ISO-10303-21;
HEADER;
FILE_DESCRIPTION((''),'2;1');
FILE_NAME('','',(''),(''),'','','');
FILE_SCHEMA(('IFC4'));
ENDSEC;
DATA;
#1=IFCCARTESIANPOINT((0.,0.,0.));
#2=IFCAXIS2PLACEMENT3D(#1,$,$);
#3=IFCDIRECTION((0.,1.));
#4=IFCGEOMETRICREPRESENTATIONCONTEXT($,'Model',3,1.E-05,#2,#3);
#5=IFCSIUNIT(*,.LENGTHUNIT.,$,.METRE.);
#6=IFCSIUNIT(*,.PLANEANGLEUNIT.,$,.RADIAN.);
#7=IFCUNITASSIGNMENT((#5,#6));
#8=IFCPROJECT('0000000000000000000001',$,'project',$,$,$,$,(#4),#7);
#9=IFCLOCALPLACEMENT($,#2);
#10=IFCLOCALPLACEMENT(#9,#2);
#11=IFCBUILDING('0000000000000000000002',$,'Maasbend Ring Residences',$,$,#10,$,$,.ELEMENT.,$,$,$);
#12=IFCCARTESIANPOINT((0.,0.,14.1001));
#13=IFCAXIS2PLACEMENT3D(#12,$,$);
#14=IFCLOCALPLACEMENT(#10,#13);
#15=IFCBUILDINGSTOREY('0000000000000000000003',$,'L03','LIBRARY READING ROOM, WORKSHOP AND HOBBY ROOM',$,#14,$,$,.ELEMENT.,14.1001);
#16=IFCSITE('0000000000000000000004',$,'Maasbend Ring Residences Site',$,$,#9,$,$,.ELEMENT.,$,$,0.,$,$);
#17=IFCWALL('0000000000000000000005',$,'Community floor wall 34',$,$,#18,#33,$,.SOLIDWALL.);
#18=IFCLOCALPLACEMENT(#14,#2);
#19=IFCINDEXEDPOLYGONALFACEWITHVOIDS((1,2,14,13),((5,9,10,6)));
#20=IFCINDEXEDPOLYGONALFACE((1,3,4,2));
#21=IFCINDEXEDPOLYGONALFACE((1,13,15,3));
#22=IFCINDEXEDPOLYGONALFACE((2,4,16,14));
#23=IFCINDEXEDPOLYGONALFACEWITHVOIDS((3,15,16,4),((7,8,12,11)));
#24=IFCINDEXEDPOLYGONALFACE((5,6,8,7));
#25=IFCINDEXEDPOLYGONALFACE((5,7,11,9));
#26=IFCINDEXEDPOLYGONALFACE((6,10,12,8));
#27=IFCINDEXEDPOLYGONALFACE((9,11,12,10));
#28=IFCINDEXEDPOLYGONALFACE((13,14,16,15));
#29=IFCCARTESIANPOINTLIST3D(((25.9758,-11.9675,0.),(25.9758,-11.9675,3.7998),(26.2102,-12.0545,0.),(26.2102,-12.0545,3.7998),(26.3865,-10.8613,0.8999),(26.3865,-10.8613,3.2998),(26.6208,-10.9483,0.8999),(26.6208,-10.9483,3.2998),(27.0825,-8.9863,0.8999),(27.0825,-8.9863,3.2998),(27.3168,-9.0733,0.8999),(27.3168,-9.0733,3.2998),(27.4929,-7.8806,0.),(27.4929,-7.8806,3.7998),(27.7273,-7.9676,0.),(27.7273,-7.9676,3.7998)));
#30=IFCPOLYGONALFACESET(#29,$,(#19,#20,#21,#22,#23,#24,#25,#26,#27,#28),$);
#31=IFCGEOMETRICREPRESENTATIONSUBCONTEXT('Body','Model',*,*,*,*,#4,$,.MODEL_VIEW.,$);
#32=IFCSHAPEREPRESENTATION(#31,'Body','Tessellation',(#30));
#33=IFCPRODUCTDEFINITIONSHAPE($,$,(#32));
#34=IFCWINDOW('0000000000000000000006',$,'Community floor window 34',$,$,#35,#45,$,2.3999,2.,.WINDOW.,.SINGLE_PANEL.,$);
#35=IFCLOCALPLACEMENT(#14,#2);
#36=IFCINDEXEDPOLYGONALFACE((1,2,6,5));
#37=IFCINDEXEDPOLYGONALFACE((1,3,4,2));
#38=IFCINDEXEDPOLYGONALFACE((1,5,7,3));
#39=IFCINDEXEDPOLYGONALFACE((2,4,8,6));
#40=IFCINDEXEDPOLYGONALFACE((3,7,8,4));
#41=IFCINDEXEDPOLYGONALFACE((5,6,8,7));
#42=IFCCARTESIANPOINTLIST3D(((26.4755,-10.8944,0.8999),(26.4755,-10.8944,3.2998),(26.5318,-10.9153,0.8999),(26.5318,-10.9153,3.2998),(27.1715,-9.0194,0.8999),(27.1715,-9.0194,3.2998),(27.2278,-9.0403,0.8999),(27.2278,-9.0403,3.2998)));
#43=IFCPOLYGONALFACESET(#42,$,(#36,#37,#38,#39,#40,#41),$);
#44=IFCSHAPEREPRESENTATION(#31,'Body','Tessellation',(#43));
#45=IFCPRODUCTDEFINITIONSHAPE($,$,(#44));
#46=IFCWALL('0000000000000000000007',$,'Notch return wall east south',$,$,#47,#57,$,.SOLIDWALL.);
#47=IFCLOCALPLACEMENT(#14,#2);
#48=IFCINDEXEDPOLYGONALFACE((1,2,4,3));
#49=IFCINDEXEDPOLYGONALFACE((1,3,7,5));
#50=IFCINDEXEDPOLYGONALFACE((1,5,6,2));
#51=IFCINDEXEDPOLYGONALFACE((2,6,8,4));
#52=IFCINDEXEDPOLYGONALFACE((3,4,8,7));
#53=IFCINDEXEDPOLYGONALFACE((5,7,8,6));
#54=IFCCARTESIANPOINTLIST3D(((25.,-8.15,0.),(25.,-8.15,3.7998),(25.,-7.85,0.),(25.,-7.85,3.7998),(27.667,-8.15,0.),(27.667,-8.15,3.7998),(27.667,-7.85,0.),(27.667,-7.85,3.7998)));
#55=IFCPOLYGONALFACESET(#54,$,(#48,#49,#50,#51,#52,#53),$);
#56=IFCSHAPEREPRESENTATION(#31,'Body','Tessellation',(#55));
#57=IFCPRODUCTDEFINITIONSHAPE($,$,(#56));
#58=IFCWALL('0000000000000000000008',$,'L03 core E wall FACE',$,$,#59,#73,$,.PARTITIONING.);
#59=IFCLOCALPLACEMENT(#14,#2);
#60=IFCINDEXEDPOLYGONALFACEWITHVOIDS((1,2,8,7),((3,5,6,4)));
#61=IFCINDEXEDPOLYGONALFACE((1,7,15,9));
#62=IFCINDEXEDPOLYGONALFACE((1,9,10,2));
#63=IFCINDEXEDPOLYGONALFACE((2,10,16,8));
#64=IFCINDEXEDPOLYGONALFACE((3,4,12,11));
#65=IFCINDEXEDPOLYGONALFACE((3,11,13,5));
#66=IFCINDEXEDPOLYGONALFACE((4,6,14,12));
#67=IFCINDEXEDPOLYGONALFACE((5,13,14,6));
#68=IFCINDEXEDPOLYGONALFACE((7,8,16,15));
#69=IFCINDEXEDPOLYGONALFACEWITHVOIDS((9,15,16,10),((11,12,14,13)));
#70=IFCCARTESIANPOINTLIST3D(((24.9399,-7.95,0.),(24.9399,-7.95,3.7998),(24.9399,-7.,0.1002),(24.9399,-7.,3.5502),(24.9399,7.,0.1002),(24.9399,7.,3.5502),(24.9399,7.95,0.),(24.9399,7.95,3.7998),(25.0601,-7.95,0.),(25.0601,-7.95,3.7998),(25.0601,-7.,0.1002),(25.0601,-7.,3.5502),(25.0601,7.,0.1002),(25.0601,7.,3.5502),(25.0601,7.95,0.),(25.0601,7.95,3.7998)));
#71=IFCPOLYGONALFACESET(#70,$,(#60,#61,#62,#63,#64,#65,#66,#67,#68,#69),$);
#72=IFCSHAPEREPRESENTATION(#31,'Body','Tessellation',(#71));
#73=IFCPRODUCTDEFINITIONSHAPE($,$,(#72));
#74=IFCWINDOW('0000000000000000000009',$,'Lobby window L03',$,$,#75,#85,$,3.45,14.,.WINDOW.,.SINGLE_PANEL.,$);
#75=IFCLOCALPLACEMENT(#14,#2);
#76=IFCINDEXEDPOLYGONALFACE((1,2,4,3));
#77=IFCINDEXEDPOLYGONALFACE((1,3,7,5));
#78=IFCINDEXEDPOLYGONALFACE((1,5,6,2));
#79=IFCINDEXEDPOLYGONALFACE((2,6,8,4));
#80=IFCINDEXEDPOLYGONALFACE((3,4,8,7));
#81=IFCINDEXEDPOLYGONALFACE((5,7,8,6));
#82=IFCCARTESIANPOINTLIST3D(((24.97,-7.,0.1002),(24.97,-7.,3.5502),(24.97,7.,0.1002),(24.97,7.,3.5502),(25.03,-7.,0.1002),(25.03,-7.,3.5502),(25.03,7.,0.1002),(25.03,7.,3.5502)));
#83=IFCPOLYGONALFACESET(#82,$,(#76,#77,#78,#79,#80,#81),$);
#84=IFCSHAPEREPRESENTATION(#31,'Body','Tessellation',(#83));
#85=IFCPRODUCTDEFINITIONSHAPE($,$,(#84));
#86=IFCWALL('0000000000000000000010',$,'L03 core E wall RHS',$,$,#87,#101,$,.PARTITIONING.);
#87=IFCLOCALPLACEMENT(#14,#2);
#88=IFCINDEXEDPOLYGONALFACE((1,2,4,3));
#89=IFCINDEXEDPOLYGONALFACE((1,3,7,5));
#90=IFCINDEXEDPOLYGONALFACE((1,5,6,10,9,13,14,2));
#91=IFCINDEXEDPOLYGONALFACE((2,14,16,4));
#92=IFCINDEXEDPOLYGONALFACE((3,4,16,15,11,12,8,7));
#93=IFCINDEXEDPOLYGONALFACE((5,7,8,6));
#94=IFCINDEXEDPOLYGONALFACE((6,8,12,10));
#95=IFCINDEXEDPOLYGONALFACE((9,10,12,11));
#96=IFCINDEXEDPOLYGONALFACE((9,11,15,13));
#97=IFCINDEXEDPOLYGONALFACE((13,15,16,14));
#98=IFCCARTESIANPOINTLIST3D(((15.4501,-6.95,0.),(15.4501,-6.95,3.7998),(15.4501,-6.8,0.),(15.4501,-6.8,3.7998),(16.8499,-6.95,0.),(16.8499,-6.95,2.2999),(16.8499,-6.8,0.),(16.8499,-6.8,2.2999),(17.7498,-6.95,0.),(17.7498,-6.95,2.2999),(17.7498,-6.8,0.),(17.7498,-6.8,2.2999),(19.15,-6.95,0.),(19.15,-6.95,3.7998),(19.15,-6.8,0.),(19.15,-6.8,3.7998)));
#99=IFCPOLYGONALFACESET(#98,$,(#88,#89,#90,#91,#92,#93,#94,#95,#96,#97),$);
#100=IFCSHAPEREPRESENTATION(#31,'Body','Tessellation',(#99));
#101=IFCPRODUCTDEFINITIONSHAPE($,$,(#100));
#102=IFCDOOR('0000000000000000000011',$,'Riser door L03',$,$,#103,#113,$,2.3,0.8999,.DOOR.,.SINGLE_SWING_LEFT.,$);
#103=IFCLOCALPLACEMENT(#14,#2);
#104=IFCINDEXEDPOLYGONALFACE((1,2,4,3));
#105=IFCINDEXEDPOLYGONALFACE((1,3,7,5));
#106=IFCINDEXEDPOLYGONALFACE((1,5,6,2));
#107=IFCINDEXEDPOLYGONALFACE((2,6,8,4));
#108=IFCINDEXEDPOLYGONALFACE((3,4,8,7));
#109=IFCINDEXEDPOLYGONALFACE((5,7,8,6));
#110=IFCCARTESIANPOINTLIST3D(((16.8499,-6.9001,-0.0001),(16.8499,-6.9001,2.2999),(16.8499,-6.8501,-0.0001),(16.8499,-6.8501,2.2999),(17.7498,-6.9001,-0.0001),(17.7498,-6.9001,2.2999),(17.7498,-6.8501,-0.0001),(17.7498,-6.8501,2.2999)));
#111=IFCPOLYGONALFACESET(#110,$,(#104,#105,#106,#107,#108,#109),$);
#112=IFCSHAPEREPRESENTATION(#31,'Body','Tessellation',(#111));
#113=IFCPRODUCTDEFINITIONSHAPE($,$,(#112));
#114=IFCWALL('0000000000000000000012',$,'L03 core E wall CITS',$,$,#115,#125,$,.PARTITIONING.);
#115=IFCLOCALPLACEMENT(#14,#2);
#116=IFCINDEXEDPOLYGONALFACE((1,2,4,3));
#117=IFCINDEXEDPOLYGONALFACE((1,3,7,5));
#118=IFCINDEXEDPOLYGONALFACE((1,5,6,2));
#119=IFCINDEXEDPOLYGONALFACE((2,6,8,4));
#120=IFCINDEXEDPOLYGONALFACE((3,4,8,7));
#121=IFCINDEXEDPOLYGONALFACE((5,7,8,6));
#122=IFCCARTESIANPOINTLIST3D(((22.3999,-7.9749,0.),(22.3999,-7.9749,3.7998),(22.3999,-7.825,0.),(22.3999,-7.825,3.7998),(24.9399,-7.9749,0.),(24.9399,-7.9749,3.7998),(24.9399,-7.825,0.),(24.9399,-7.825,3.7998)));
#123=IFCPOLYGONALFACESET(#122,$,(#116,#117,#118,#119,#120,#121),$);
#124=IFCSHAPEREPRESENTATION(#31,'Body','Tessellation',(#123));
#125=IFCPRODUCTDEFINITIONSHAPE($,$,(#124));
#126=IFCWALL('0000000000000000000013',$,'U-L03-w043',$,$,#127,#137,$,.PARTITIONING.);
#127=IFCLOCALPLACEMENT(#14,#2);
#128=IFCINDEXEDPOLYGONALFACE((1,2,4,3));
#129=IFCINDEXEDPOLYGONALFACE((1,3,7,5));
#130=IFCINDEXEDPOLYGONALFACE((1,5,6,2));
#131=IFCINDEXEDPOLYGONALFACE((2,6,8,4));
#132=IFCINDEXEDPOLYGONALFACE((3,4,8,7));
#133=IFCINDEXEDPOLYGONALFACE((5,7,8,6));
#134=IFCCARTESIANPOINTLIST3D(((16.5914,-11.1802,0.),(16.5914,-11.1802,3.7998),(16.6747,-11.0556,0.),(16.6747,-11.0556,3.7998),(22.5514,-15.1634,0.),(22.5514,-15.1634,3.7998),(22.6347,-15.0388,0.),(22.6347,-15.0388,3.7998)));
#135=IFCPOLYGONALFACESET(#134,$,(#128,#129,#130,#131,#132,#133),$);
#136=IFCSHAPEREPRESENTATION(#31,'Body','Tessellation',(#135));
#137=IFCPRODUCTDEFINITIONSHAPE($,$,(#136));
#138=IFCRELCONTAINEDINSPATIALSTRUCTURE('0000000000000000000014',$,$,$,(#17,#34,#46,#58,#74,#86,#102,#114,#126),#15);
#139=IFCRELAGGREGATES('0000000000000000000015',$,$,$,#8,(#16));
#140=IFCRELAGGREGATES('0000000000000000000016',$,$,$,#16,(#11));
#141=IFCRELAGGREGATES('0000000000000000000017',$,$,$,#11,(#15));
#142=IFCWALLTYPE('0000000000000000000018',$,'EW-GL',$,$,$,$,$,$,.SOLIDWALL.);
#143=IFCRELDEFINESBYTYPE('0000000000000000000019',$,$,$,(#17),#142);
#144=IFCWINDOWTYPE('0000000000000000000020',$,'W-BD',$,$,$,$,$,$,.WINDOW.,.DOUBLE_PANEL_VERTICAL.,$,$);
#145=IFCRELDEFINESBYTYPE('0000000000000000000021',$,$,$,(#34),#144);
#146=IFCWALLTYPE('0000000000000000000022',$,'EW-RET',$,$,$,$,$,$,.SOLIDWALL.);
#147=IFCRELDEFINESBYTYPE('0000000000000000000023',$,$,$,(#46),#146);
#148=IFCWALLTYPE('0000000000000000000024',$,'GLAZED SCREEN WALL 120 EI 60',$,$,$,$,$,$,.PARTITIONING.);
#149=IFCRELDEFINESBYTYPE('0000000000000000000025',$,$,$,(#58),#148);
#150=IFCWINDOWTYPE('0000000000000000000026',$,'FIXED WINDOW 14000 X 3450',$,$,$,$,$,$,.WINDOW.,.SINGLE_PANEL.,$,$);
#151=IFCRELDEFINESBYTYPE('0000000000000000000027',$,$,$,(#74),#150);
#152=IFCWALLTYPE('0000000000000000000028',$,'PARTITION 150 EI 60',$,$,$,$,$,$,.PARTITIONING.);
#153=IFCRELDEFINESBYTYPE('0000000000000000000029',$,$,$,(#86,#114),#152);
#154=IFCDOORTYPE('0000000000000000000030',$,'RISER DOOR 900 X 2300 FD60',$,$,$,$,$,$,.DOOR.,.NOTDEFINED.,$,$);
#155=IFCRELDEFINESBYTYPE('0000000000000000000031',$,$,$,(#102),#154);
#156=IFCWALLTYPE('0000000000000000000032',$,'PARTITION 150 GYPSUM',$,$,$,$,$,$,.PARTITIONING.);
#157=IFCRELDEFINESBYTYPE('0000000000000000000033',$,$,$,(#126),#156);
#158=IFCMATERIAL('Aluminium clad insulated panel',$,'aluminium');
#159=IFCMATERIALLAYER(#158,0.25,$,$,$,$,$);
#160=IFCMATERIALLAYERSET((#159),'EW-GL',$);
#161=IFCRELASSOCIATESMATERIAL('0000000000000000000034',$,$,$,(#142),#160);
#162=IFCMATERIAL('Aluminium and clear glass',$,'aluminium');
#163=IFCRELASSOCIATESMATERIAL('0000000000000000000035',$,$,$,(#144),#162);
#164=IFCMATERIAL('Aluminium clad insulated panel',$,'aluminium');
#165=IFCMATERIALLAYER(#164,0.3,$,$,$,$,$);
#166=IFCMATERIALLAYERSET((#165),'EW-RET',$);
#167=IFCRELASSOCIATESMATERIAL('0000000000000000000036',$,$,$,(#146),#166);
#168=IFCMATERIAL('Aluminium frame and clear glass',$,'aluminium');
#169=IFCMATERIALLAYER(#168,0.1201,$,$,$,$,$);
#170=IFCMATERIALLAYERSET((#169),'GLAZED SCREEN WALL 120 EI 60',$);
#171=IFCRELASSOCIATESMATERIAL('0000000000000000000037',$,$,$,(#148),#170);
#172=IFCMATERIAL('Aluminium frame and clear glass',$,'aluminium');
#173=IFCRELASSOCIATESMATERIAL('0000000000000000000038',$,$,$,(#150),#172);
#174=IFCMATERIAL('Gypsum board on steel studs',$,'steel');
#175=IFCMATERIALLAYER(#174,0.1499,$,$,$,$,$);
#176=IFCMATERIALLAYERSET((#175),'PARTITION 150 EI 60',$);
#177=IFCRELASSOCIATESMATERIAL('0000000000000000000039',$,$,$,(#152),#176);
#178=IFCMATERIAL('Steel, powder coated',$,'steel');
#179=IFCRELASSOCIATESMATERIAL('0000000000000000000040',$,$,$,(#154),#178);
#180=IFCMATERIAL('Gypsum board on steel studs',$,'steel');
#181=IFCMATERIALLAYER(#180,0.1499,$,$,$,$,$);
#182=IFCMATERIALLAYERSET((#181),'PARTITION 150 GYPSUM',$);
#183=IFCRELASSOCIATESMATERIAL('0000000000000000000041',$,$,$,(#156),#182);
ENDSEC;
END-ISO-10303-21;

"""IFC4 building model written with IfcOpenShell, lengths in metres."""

from ifc_helpers import new_model, si_unit, direction, frame, frame_2d, origin, place, context, subcontext, project, spatial, rectangle, extrude, material, layer, layer_set, type_object, element, fill, save


model = new_model("IFC4")

# Units and contexts
model_context = context("Model", 3, precision=1e-05, world=origin(), true_north=direction((0.0, 1.0)))
body_context = subcontext(model_context, "Body", "Model", "MODEL_VIEW")
ifc_project = project(units=[si_unit("LENGTHUNIT", "METRE"), si_unit("PLANEANGLEUNIT", "RADIAN")], contexts=[model_context])

# Site, building, storey
site_placement = place(None, origin())
site = spatial("IfcSite", under=ifc_project, at=site_placement, Name="Maasbend Ring Residences Site", CompositionType="ELEMENT", RefElevation=0.0)
building_placement = place(site_placement, origin())
building = spatial("IfcBuilding", under=site, at=building_placement, Name="Maasbend Ring Residences", CompositionType="ELEMENT")
storey_placement = place(building_placement, frame((0.0, 0.0, 14.1001)))
storey = spatial("IfcBuildingStorey", under=building, at=storey_placement, Name="L03", Description="LIBRARY READING ROOM, WORKSHOP AND HOBBY ROOM", CompositionType="ELEMENT", Elevation=14.1001)

# Wall, opening, window
ifc_material_1 = material(Name="Aluminium clad insulated panel", Category="aluminium")
ifc_layer_1 = layer(ifc_material_1, 0.25)
ifc_layer_set_1 = layer_set([ifc_layer_1], Name="EW-GL")
wall_type_1 = type_object("IfcWallType", Name="EW-GL", PredefinedType="SOLIDWALL", material=ifc_layer_set_1)
wall_1_placement = place(storey_placement, frame((26.093, -12.011, 0.0), z_axis=(0.0, 0.0, 1.0), x_axis=(0.348004, 0.937493, 0.0)))
wall_1 = element("IfcWall", 1, at=wall_1_placement, inside=storey, type_object=wall_type_1, Name="Community floor wall 34", PredefinedType="SOLIDWALL", context=body_context, shape_type="SweptSolid", body=[
    extrude(rectangle(XDim=4.3594, YDim=0.25, at=frame_2d((2.1797, 0.0))), origin(), (0.0, 0.0, 1.0), 3.7998),
])
opening_1_placement = place(wall_1_placement, frame((1.1799, 0.0, 0.8999)))
opening_1 = element("IfcOpeningElement", 2, at=opening_1_placement, cuts=wall_1, PredefinedType="OPENING", context=body_context, shape_type="SweptSolid", body=[
    extrude(rectangle(XDim=2.0, YDim=2.3999, at=frame_2d((1.0, 1.2))), frame((0.0, 0.135, 0.0), z_axis=(0.0, -1.0, 0.0), x_axis=(1.0, 0.0, 0.0)), (0.0, 0.0, 1.0), 0.27),
])
ifc_material_2 = material(Name="Aluminium and clear glass", Category="aluminium")
window_type_1 = type_object("IfcWindowType", Name="W-BD", PartitioningType="DOUBLE_PANEL_VERTICAL", PredefinedType="WINDOW", material=ifc_material_2)
window_1_placement = place(opening_1_placement, origin())
window_1 = element("IfcWindow", 3, at=window_1_placement, inside=storey, type_object=window_type_1, Name="Community floor window 34", OverallHeight=2.3999, OverallWidth=2.0, PartitioningType="SINGLE_PANEL", PredefinedType="WINDOW", context=body_context, shape_type="SweptSolid", body=[
    extrude(rectangle(XDim=2.0, YDim=2.3999, at=frame_2d((1.0, 1.2))), frame((0.0, 0.03, 0.0), z_axis=(0.0, -1.0, 0.0), x_axis=(1.0, 0.0, 0.0)), (0.0, 0.0, 1.0), 0.0601),
])
fill(opening_1, window_1)

# Wall
ifc_material_3 = material(Name="Aluminium clad insulated panel", Category="aluminium")
ifc_layer_2 = layer(ifc_material_3, 0.3)
ifc_layer_set_2 = layer_set([ifc_layer_2], Name="EW-RET")
wall_type_2 = type_object("IfcWallType", Name="EW-RET", PredefinedType="SOLIDWALL", material=ifc_layer_set_2)
wall_2_placement = place(storey_placement, frame((25.0, -8.0, 0.0), z_axis=(0.0, 0.0, 1.0), x_axis=(1.0, 0.0, 0.0)))
element("IfcWall", 4, at=wall_2_placement, inside=storey, type_object=wall_type_2, Name="Notch return wall east south", PredefinedType="SOLIDWALL", context=body_context, shape_type="SweptSolid", body=[
    extrude(rectangle(XDim=2.667, YDim=0.3, at=frame_2d((1.3335, 0.0))), origin(), (0.0, 0.0, 1.0), 3.7998),
])

# Wall, opening, window
ifc_material_4 = material(Name="Aluminium frame and clear glass", Category="aluminium")
ifc_layer_3 = layer(ifc_material_4, 0.1201)
ifc_layer_set_3 = layer_set([ifc_layer_3], Name="GLAZED SCREEN WALL 120 EI 60")
wall_type_3 = type_object("IfcWallType", Name="GLAZED SCREEN WALL 120 EI 60", PredefinedType="PARTITIONING", material=ifc_layer_set_3)
wall_3_placement = place(storey_placement, frame((25.0, -7.95, 0.0), z_axis=(0.0, 0.0, 1.0), x_axis=(0.0, 1.0, 0.0)))
wall_3 = element("IfcWall", 5, at=wall_3_placement, inside=storey, type_object=wall_type_3, Name="L03 core E wall FACE", PredefinedType="PARTITIONING", context=body_context, shape_type="SweptSolid", body=[
    extrude(rectangle(XDim=15.8999, YDim=0.1201, at=frame_2d((7.95, 0.0))), origin(), (0.0, 0.0, 1.0), 3.7998),
])
opening_2_placement = place(wall_3_placement, frame((0.95, 0.0, 0.1001)))
opening_2 = element("IfcOpeningElement", 6, at=opening_2_placement, cuts=wall_3, PredefinedType="OPENING", context=body_context, shape_type="SweptSolid", body=[
    extrude(rectangle(XDim=14.0, YDim=3.45, at=frame_2d((7.0, 1.7251))), frame((0.0, 0.0701, 0.0), z_axis=(0.0, -1.0, 0.0), x_axis=(1.0, 0.0, 0.0)), (0.0, 0.0, 1.0), 0.1401),
])
ifc_material_5 = material(Name="Aluminium frame and clear glass", Category="aluminium")
window_type_2 = type_object("IfcWindowType", Name="FIXED WINDOW 14000 X 3450", PartitioningType="SINGLE_PANEL", PredefinedType="WINDOW", material=ifc_material_5)
window_2_placement = place(opening_2_placement, origin())
window_2 = element("IfcWindow", 7, at=window_2_placement, inside=storey, type_object=window_type_2, Name="Lobby window L03", OverallHeight=3.45, OverallWidth=14.0, PartitioningType="SINGLE_PANEL", PredefinedType="WINDOW", context=body_context, shape_type="SweptSolid", body=[
    extrude(rectangle(XDim=14.0, YDim=3.45, at=frame_2d((7.0, 1.7251))), frame((0.0, 0.03, 0.0), z_axis=(0.0, -1.0, 0.0), x_axis=(1.0, 0.0, 0.0)), (0.0, 0.0, 1.0), 0.0601),
])
fill(opening_2, window_2)

# Wall, opening, door
ifc_material_6 = material(Name="Gypsum board on steel studs", Category="steel")
ifc_layer_4 = layer(ifc_material_6, 0.1499)
ifc_layer_set_4 = layer_set([ifc_layer_4], Name="PARTITION 150 EI 60")
wall_type_4 = type_object("IfcWallType", Name="PARTITION 150 EI 60", PredefinedType="PARTITIONING", material=ifc_layer_set_4)
wall_4_placement = place(storey_placement, frame((15.45, -6.875, 0.0), z_axis=(0.0, 0.0, 1.0), x_axis=(1.0, 0.0, 0.0)))
wall_4 = element("IfcWall", 8, at=wall_4_placement, inside=storey, type_object=wall_type_4, Name="L03 core E wall RHS", PredefinedType="PARTITIONING", context=body_context, shape_type="SweptSolid", body=[
    extrude(rectangle(XDim=3.7, YDim=0.1499, at=frame_2d((1.8501, 0.0))), origin(), (0.0, 0.0, 1.0), 3.7998),
])
opening_3_placement = place(wall_4_placement, frame((1.3999, 0.0, 0.0)))
opening_3 = element("IfcOpeningElement", 9, at=opening_3_placement, cuts=wall_4, PredefinedType="OPENING", context=body_context, shape_type="SweptSolid", body=[
    extrude(rectangle(XDim=0.8999, YDim=2.3, at=frame_2d((0.45, 1.1499))), frame((0.0, 0.085, 0.0), z_axis=(0.0, -1.0, 0.0), x_axis=(1.0, 0.0, 0.0)), (0.0, 0.0, 1.0), 0.1699),
])
ifc_material_7 = material(Name="Steel, powder coated", Category="steel")
door_type_1 = type_object("IfcDoorType", Name="RISER DOOR 900 X 2300 FD60", OperationType="NOTDEFINED", PredefinedType="DOOR", material=ifc_material_7)
door_1_placement = place(opening_3_placement, origin())
door_1 = element("IfcDoor", 10, at=door_1_placement, inside=storey, type_object=door_type_1, Name="Riser door L03", OperationType="SINGLE_SWING_LEFT", OverallHeight=2.3, OverallWidth=0.8999, PredefinedType="DOOR", context=body_context, shape_type="SweptSolid", body=[
    extrude(rectangle(XDim=0.8999, YDim=2.3, at=frame_2d((0.45, 1.1499))), frame((0.0, 0.0249, 0.0), z_axis=(0.0, -1.0, 0.0), x_axis=(1.0, 0.0, 0.0)), (0.0, 0.0, 1.0), 0.05),
])
fill(opening_3, door_1)

# Walls
wall_5_placement = place(storey_placement, frame((22.3999, -7.8999, 0.0), z_axis=(0.0, 0.0, 1.0), x_axis=(1.0, 0.0, 0.0)))
element("IfcWall", 11, at=wall_5_placement, inside=storey, type_object=wall_type_4, Name="L03 core E wall CITS", PredefinedType="PARTITIONING", context=body_context, shape_type="SweptSolid", body=[
    extrude(rectangle(XDim=2.54, YDim=0.1499, at=frame_2d((1.27, 0.0))), origin(), (0.0, 0.0, 1.0), 3.7998),
])
ifc_material_8 = material(Name="Gypsum board on steel studs", Category="steel")
ifc_layer_5 = layer(ifc_material_8, 0.1499)
ifc_layer_set_5 = layer_set([ifc_layer_5], Name="PARTITION 150 GYPSUM")
wall_type_5 = type_object("IfcWallType", Name="PARTITION 150 GYPSUM", PredefinedType="PARTITIONING", material=ifc_layer_set_5)
wall_6_placement = place(storey_placement, frame((16.6331, -11.1179, 0.0), z_axis=(0.0, 0.0, 1.0), x_axis=(0.831416, -0.555651, 0.0)))
element("IfcWall", 12, at=wall_6_placement, inside=storey, type_object=wall_type_5, Name="U-L03-w043", PredefinedType="PARTITIONING", context=body_context, shape_type="SweptSolid", body=[
    extrude(rectangle(XDim=7.1685, YDim=0.1499, at=frame_2d((3.5842, 0.0))), origin(), (0.0, 0.0, 1.0), 3.7998),
])

save(model, "model.ifc")
